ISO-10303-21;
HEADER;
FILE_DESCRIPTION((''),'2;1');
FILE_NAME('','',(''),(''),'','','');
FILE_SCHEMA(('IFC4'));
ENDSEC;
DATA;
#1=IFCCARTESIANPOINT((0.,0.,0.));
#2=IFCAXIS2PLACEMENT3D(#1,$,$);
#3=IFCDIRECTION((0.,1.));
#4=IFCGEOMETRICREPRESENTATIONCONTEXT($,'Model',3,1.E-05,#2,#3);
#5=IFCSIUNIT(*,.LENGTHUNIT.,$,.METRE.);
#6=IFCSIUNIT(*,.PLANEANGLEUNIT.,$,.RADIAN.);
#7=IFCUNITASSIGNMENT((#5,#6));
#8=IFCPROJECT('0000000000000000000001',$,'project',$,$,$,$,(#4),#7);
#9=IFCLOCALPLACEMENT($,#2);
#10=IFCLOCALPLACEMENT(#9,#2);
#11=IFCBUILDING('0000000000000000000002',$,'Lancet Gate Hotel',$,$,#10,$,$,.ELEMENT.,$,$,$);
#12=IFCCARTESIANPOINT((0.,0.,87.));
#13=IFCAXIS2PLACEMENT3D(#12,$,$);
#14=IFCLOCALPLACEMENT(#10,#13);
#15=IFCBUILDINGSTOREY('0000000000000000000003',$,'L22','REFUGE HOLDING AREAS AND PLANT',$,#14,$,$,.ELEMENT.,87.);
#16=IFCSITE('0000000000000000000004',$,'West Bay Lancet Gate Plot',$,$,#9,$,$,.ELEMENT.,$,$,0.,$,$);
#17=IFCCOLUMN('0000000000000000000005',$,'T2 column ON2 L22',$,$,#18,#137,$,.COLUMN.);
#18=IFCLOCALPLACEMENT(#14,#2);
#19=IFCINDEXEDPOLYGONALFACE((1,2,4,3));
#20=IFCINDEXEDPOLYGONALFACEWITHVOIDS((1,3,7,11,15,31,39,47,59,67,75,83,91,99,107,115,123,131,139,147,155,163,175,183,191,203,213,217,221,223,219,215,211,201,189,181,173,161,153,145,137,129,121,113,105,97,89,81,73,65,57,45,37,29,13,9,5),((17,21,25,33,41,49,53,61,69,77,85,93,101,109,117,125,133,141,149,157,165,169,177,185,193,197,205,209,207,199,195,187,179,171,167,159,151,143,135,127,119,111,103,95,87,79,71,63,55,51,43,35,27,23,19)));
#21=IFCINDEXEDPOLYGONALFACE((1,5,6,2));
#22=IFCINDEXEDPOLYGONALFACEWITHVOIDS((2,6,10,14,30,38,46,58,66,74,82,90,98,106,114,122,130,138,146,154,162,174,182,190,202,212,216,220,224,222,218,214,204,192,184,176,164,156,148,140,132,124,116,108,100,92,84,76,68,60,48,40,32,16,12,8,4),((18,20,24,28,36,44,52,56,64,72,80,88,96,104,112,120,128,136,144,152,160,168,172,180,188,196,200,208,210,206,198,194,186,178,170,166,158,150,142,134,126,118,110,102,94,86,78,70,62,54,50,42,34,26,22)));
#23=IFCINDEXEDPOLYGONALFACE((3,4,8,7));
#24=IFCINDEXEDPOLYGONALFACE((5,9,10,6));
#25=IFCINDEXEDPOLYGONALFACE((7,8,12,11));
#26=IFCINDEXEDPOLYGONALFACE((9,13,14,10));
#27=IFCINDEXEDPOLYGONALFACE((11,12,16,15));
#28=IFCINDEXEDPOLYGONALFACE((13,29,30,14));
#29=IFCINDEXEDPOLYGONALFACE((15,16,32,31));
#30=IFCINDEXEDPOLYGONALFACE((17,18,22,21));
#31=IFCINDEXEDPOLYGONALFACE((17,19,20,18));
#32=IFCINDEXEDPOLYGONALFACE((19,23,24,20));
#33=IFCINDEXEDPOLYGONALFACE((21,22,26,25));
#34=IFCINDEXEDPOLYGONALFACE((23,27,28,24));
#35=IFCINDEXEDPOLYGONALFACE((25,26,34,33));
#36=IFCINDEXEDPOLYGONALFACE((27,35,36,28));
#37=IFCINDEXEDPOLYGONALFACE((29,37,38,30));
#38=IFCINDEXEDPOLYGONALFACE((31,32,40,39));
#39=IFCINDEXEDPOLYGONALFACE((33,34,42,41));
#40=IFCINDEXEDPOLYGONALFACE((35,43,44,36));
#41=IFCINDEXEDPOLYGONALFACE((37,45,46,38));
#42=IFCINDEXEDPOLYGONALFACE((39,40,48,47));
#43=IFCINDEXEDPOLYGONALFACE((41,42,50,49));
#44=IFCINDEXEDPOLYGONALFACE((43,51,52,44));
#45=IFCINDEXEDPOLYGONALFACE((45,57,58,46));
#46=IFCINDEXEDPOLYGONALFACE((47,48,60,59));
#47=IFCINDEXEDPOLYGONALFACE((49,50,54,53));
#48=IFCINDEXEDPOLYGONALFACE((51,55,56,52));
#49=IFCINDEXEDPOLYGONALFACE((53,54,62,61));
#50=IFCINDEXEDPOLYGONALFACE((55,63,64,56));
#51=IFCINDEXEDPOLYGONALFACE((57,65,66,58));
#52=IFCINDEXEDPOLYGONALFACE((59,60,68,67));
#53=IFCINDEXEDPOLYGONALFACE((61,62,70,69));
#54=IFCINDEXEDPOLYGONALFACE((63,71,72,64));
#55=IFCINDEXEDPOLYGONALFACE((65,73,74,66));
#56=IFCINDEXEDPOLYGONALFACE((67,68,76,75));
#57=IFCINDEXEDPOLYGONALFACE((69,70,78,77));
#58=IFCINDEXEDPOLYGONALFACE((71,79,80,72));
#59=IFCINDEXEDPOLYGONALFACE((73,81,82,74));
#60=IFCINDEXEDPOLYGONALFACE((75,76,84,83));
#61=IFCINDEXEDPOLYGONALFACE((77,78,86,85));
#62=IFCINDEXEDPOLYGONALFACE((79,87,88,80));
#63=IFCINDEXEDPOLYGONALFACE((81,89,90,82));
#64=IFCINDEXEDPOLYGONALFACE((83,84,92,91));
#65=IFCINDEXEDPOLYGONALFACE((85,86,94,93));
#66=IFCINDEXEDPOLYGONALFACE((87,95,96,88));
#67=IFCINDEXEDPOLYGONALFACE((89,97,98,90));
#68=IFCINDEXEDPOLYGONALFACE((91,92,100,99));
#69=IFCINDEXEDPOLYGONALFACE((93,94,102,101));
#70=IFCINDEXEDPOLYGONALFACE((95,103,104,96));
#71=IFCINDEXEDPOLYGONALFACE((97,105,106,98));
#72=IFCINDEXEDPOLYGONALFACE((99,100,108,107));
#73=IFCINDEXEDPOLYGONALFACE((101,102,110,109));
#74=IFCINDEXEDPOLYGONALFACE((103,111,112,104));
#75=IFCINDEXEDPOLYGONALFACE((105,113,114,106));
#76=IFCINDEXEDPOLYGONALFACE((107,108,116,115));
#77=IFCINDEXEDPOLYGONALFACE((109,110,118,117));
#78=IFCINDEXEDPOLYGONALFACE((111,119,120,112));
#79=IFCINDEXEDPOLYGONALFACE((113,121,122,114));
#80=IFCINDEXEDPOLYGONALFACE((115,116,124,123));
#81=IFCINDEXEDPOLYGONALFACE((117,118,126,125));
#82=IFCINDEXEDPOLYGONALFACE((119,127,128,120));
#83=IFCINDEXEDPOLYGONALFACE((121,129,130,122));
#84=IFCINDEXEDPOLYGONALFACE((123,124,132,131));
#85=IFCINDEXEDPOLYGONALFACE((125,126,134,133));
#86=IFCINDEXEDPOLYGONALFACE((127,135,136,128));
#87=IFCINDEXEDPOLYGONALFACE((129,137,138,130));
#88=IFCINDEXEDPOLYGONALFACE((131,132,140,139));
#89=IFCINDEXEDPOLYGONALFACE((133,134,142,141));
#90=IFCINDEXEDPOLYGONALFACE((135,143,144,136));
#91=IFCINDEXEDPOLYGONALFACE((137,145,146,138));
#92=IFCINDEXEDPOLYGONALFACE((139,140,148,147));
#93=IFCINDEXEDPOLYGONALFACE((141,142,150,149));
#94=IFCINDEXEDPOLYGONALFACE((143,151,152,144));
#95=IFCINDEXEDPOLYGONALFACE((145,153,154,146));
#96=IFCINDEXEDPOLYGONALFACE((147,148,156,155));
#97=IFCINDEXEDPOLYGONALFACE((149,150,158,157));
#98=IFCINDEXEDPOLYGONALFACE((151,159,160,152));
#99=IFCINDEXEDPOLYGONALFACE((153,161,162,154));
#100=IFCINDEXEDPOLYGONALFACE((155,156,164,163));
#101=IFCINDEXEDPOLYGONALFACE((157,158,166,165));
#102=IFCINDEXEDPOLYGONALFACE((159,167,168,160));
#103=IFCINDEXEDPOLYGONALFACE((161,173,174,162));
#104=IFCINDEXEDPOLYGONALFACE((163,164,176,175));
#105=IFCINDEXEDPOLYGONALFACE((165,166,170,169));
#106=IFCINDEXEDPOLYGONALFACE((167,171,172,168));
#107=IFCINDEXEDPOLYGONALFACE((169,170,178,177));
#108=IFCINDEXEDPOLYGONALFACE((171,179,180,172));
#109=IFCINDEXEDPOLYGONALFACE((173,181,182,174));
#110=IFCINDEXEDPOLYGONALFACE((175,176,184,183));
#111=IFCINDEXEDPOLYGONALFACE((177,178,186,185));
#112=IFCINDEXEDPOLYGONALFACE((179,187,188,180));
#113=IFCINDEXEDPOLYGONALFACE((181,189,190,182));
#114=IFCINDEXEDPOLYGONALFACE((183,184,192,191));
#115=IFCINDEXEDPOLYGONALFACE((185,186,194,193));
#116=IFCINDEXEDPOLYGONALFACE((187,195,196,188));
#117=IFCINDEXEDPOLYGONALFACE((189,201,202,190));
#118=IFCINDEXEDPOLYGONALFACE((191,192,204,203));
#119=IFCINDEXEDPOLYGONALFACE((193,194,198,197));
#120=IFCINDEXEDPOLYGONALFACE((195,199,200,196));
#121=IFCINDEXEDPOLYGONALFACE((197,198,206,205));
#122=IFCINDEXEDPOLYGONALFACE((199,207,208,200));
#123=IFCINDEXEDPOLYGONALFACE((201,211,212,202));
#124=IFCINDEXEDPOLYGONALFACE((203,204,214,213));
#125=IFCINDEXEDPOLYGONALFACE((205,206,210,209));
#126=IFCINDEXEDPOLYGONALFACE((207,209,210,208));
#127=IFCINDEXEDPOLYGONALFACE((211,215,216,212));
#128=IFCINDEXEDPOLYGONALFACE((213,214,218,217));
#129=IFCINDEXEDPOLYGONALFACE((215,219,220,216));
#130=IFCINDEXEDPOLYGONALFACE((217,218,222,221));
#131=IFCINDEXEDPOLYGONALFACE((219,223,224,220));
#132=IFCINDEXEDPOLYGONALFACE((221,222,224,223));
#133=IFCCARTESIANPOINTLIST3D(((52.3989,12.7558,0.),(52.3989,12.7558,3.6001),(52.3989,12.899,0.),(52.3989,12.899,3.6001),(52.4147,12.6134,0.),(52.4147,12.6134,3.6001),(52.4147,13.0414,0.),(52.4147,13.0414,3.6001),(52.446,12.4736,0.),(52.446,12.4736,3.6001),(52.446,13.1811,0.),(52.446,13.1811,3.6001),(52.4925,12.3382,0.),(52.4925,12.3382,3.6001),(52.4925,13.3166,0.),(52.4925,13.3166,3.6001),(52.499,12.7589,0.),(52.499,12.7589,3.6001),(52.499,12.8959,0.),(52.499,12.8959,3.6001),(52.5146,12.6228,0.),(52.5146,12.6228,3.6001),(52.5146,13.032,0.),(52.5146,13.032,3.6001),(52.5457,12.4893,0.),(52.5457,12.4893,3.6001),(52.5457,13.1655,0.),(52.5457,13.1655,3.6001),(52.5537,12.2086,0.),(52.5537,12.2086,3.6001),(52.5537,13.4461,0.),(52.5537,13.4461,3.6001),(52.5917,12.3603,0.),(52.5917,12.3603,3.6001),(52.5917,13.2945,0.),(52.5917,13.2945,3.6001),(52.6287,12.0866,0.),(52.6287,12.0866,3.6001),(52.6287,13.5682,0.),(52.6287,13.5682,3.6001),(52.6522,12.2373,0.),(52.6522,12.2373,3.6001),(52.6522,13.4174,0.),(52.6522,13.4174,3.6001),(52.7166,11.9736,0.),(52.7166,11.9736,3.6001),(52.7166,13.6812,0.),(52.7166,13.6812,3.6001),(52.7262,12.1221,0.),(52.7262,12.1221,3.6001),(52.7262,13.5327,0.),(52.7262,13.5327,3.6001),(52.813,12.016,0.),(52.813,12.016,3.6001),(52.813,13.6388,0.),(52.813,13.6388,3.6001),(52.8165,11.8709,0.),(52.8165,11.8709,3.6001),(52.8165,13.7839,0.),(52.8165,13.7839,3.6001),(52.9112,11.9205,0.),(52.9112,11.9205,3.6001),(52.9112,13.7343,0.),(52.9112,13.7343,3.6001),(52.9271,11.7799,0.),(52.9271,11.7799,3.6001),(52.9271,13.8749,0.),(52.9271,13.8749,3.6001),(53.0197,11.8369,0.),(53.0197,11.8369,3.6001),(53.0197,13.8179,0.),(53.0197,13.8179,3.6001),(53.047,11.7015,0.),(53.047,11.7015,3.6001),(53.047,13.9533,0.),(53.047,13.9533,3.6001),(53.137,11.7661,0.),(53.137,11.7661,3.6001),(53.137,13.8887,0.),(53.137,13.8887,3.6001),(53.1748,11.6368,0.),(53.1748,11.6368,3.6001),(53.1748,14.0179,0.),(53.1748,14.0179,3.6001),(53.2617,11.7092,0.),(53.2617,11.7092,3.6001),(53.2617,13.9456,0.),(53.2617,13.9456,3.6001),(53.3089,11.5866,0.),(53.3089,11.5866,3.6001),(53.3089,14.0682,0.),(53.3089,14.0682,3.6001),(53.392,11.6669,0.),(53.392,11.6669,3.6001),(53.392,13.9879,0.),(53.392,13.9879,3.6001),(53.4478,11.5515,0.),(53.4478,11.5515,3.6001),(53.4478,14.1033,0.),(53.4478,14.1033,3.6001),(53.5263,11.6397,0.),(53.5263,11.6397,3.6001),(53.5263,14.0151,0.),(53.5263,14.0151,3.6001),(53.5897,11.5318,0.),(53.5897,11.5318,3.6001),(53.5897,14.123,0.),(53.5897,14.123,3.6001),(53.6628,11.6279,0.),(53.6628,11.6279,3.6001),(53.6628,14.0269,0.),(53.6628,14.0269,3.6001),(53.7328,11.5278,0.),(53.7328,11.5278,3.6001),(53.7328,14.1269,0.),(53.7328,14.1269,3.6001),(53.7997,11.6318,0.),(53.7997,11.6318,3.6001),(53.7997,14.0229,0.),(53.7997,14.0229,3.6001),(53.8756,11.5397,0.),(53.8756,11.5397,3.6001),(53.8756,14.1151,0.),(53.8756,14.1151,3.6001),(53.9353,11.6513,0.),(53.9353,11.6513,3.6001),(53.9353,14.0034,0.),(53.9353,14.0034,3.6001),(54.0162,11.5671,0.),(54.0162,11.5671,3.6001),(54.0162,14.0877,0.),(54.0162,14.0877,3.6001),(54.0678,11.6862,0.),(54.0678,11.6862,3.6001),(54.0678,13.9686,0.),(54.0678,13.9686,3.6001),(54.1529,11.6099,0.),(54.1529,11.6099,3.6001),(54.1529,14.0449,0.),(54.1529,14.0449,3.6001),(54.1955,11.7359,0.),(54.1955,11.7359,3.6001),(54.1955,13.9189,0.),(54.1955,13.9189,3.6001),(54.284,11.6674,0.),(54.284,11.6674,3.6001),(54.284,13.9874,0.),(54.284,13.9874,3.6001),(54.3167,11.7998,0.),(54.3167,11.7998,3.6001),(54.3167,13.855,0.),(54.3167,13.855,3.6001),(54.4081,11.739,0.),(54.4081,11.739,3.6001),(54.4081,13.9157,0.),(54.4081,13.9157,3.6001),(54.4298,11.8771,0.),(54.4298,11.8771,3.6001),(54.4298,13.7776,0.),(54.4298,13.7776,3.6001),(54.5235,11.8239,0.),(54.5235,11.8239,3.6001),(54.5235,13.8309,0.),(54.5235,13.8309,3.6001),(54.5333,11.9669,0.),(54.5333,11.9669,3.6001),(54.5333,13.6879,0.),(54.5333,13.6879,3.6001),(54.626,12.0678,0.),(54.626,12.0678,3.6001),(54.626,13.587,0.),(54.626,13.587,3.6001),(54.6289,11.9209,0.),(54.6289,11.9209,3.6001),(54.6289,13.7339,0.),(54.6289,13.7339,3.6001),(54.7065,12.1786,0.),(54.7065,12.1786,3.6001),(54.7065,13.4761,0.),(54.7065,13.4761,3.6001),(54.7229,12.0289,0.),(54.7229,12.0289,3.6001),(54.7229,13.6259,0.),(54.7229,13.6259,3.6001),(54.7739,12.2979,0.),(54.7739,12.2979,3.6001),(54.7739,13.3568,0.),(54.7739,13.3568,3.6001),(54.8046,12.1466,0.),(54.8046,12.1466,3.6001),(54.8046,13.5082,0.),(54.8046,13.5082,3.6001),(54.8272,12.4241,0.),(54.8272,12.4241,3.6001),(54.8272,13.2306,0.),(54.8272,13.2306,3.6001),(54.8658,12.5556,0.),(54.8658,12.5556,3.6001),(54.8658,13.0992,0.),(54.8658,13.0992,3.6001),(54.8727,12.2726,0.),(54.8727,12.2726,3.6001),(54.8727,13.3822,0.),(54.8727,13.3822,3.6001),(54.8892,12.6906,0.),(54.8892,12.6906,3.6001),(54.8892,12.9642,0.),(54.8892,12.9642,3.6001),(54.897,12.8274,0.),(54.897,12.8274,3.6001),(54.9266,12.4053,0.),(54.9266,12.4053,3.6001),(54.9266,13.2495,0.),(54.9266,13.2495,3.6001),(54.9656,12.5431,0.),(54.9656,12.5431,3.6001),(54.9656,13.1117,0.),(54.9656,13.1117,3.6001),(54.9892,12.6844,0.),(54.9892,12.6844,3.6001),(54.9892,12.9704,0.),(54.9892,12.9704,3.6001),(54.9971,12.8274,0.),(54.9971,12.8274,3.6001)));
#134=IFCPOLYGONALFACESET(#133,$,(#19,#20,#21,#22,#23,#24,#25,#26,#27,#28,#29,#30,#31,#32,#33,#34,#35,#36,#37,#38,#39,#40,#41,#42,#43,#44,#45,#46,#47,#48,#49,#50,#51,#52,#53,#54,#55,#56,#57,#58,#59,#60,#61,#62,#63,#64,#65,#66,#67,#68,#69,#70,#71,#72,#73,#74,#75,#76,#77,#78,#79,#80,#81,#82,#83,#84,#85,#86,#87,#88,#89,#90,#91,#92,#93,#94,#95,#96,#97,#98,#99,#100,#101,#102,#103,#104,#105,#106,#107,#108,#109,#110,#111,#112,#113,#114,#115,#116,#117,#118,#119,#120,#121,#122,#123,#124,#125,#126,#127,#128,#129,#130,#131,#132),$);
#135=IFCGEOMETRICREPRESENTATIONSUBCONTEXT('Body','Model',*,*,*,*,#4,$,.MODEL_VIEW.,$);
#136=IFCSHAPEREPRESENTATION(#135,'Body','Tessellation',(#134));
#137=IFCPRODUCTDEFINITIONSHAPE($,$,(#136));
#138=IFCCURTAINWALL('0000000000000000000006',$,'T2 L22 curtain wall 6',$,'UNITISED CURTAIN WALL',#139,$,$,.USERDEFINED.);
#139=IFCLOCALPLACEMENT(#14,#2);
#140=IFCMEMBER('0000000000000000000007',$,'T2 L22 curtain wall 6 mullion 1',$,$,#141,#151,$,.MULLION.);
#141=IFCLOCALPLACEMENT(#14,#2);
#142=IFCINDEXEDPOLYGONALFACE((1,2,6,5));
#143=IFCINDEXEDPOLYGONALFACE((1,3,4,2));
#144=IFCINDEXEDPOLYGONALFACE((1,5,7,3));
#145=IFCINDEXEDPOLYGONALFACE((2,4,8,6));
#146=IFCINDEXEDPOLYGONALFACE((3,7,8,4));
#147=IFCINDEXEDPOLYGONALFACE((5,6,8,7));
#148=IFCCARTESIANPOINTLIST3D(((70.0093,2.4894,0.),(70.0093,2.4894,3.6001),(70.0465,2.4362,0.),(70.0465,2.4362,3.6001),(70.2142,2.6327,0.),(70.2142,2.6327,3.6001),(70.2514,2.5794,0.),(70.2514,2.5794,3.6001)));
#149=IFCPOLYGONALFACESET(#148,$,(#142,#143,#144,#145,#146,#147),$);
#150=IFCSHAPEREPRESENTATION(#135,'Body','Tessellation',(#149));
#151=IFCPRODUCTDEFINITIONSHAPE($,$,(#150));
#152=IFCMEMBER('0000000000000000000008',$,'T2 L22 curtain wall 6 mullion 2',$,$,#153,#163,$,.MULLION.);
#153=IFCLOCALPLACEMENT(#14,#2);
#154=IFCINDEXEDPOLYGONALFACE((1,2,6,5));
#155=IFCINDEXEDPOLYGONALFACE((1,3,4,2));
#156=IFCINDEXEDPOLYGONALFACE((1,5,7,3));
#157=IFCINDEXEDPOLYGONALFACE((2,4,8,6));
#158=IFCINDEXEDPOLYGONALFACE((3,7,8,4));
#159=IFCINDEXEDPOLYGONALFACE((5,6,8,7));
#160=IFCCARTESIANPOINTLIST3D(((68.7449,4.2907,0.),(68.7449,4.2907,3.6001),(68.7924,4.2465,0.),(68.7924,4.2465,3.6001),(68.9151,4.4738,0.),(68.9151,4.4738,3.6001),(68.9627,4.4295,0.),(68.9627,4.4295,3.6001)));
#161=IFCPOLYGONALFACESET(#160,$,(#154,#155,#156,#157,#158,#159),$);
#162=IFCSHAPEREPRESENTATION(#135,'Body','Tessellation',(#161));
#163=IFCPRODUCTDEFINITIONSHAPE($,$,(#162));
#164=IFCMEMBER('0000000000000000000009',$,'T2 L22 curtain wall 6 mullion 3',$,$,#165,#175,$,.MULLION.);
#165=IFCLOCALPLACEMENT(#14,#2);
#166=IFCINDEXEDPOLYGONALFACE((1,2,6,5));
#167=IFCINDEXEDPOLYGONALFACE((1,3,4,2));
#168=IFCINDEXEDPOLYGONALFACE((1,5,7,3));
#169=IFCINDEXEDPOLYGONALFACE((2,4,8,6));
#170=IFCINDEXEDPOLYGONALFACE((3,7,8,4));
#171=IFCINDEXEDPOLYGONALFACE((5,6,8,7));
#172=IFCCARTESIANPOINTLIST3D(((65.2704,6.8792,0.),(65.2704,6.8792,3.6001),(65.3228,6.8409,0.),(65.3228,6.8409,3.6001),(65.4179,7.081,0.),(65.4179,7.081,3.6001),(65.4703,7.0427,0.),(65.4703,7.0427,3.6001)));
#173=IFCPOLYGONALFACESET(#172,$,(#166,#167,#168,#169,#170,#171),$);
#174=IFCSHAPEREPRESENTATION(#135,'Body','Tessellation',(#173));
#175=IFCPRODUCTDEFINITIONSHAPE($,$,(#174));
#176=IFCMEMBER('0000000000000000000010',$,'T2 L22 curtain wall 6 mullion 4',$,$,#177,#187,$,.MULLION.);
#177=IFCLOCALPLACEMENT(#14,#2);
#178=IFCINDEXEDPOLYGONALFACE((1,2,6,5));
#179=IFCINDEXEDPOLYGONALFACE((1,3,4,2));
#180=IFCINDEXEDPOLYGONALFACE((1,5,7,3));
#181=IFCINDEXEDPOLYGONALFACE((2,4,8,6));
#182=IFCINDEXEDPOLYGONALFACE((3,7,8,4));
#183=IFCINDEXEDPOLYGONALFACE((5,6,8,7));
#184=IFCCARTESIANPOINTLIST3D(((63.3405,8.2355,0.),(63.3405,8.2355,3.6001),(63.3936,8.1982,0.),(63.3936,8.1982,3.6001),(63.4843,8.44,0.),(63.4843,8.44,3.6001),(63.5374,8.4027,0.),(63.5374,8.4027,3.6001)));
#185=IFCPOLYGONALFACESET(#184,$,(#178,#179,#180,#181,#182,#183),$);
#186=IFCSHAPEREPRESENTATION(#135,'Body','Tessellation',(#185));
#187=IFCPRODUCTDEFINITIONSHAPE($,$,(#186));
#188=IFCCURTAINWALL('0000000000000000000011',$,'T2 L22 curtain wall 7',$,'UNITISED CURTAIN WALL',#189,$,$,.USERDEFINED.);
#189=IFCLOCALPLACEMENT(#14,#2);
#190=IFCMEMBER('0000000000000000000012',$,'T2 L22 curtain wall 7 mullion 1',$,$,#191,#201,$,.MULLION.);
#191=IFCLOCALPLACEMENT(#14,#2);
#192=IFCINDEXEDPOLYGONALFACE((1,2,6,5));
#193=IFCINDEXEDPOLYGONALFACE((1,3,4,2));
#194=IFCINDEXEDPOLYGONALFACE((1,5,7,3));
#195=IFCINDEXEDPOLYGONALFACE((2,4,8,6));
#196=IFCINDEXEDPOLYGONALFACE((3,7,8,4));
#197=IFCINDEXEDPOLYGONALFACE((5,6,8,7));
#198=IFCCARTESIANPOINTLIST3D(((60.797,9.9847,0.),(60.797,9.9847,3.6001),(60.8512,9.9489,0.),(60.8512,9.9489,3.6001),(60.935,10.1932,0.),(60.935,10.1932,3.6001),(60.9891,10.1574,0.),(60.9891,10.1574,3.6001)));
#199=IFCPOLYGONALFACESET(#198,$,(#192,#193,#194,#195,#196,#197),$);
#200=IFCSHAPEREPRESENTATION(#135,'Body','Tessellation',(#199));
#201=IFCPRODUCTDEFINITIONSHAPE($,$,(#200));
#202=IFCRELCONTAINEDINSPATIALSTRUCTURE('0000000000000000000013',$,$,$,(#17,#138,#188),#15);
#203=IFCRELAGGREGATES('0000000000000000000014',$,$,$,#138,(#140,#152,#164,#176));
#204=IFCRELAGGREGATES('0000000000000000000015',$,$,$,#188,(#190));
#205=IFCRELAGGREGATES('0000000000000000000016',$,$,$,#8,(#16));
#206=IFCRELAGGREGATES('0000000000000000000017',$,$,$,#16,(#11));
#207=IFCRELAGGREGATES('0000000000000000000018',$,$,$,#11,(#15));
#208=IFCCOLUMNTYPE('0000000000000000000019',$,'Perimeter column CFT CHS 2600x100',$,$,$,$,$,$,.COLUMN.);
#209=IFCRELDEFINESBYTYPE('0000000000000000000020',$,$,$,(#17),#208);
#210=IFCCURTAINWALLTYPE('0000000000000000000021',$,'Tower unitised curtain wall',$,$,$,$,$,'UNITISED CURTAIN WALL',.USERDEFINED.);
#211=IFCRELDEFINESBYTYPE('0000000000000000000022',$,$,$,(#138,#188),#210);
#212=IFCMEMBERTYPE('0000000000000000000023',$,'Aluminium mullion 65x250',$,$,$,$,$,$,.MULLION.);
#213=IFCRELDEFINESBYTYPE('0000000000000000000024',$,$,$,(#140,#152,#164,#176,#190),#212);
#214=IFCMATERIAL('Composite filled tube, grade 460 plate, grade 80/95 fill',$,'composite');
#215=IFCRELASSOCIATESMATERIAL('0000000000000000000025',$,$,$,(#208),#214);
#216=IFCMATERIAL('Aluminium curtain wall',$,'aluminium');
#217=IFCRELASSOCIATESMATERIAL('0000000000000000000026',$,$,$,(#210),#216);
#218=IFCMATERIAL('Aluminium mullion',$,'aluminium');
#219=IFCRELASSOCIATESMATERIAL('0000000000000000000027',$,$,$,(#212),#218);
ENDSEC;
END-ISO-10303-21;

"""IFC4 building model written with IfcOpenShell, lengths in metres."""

from ifc_helpers import new_model, si_unit, direction, frame, origin, origin_2d, place, context, subcontext, project, spatial, rectangle, hollow_circle, extrude, material, material_profile, profile_set, type_object, element, aggregate, save


model = new_model("IFC4")

# Units and contexts
model_context = context("Model", 3, precision=1e-05, world=origin(), true_north=direction((0.0, 1.0)))
body_context = subcontext(model_context, "Body", "Model", "MODEL_VIEW")
ifc_project = project(units=[si_unit("LENGTHUNIT", "METRE"), si_unit("PLANEANGLEUNIT", "RADIAN")], contexts=[model_context])

# Site, building, storey
site_placement = place(None, origin())
site = spatial("IfcSite", under=ifc_project, at=site_placement, Name="West Bay Lancet Gate Plot", CompositionType="ELEMENT", RefElevation=0.0)
building_placement = place(site_placement, origin())
building = spatial("IfcBuilding", under=site, at=building_placement, Name="Lancet Gate Hotel", CompositionType="ELEMENT")
storey_placement = place(building_placement, frame((0.0, 0.0, 87.0)))
storey = spatial("IfcBuildingStorey", under=building, at=storey_placement, Name="L22", Description="REFUGE HOLDING AREAS AND PLANT", CompositionType="ELEMENT", Elevation=87.0)

# Column
ifc_material_1 = material(Name="Composite filled tube, grade 460 plate, grade 80/95 fill", Category="composite")
ifc_material_profile_1 = material_profile(ifc_material_1, hollow_circle(Radius=1.3, WallThickness=0.1001, at=origin_2d()), Name="CHS 2600x100")
ifc_profile_set_1 = profile_set([ifc_material_profile_1], Name="Composite filled tube, grade 460 plate, grade 80/95 fill")
column_type_1 = type_object("IfcColumnType", Name="Perimeter column CFT CHS 2600x100", PredefinedType="COLUMN", material=ifc_profile_set_1)
for number, where, z_axis, x_axis, name in (
    (1, (53.697, 12.8274, 0.0), (0.0, 0.0, 1.0), (1.0, 0.0, 0.0), "T2 column ON2 L22"),
):
    element("IfcColumn", number, at=place(storey_placement, frame(where, z_axis=z_axis, x_axis=x_axis)), inside=storey, type_object=column_type_1, Name=name, PredefinedType="COLUMN", context=body_context, shape_type="SweptSolid", body=[
        extrude(hollow_circle(Radius=1.3, WallThickness=0.1001, at=origin_2d()), origin(), (0.0, 0.0, 1.0), 3.6001),
    ])

# Curtain walls, members
ifc_material_2 = material(Name="Aluminium curtain wall", Category="aluminium")
curtain_wall_type = type_object("IfcCurtainWallType", Name="Tower unitised curtain wall", ElementType="UNITISED CURTAIN WALL", PredefinedType="USERDEFINED", material=ifc_material_2)
curtain_wall_1_placement = place(storey_placement, origin())
curtain_wall_1 = element("IfcCurtainWall", 2, at=curtain_wall_1_placement, inside=storey, type_object=curtain_wall_type, Name="T2 L22 curtain wall 6", ObjectType="UNITISED CURTAIN WALL", PredefinedType="USERDEFINED")
ifc_material_3 = material(Name="Aluminium mullion", Category="aluminium")
ifc_material_profile_2 = material_profile(ifc_material_3, rectangle(XDim=0.0649, YDim=0.25, at=origin_2d()), Name="MULLION 65x250")
ifc_profile_set_2 = profile_set([ifc_material_profile_2], Name="Aluminium mullion")
member_type_1 = type_object("IfcMemberType", Name="Aluminium mullion 65x250", PredefinedType="MULLION", material=ifc_profile_set_2)
member_1_placement = place(storey_placement, frame((70.1304, 2.5344, 0.0), z_axis=(0.0, 0.0, 1.0), x_axis=(-0.573025, 0.819538, 0.0)))
member_1 = element("IfcMember", 3, at=member_1_placement, type_object=member_type_1, Name="T2 L22 curtain wall 6 mullion 1", PredefinedType="MULLION", context=body_context, shape_type="SweptSolid", body=[
    extrude(rectangle(XDim=0.0649, YDim=0.25, at=origin_2d()), origin(), (0.0, 0.0, 1.0), 3.6001),
])
member_2_placement = place(storey_placement, frame((68.8538, 4.3601, 0.0), z_axis=(0.0, 0.0, 1.0), x_axis=(-0.732308, 0.680974, 0.0)))
member_2 = element("IfcMember", 4, at=member_2_placement, type_object=member_type_1, Name="T2 L22 curtain wall 6 mullion 2", PredefinedType="MULLION", context=body_context, shape_type="SweptSolid", body=[
    extrude(rectangle(XDim=0.0649, YDim=0.25, at=origin_2d()), origin(), (0.0, 0.0, 1.0), 3.6001),
])
member_3_placement = place(storey_placement, frame((65.3704, 6.9609, 0.0), z_axis=(0.0, 0.0, 1.0), x_axis=(-0.807254, 0.590204, 0.0)))
member_3 = element("IfcMember", 5, at=member_3_placement, type_object=member_type_1, Name="T2 L22 curtain wall 6 mullion 3", PredefinedType="MULLION", context=body_context, shape_type="SweptSolid", body=[
    extrude(rectangle(XDim=0.0649, YDim=0.25, at=origin_2d()), origin(), (0.0, 0.0, 1.0), 3.6001),
])
member_4_placement = place(storey_placement, frame((63.439, 8.3191, 0.0), z_axis=(0.0, 0.0, 1.0), x_axis=(-0.817979, 0.575247, 0.0)))
member_4 = element("IfcMember", 6, at=member_4_placement, type_object=member_type_1, Name="T2 L22 curtain wall 6 mullion 4", PredefinedType="MULLION", context=body_context, shape_type="SweptSolid", body=[
    extrude(rectangle(XDim=0.0649, YDim=0.25, at=origin_2d()), origin(), (0.0, 0.0, 1.0), 3.6001),
])
curtain_wall_2_placement = place(storey_placement, origin())
curtain_wall_2 = element("IfcCurtainWall", 7, at=curtain_wall_2_placement, inside=storey, type_object=curtain_wall_type, Name="T2 L22 curtain wall 7", ObjectType="UNITISED CURTAIN WALL", PredefinedType="USERDEFINED")
member_5_placement = place(storey_placement, frame((60.8931, 10.071, 0.0), z_axis=(0.0, 0.0, 1.0), x_axis=(-0.833985, 0.551787, 0.0)))
member_5 = element("IfcMember", 8, at=member_5_placement, type_object=member_type_1, Name="T2 L22 curtain wall 7 mullion 1", PredefinedType="MULLION", context=body_context, shape_type="SweptSolid", body=[
    extrude(rectangle(XDim=0.0649, YDim=0.25, at=origin_2d()), origin(), (0.0, 0.0, 1.0), 3.6001),
])

aggregate(curtain_wall_1, [member_1, member_2, member_3, member_4])
aggregate(curtain_wall_2, [member_5])

save(model, "model.ifc")
